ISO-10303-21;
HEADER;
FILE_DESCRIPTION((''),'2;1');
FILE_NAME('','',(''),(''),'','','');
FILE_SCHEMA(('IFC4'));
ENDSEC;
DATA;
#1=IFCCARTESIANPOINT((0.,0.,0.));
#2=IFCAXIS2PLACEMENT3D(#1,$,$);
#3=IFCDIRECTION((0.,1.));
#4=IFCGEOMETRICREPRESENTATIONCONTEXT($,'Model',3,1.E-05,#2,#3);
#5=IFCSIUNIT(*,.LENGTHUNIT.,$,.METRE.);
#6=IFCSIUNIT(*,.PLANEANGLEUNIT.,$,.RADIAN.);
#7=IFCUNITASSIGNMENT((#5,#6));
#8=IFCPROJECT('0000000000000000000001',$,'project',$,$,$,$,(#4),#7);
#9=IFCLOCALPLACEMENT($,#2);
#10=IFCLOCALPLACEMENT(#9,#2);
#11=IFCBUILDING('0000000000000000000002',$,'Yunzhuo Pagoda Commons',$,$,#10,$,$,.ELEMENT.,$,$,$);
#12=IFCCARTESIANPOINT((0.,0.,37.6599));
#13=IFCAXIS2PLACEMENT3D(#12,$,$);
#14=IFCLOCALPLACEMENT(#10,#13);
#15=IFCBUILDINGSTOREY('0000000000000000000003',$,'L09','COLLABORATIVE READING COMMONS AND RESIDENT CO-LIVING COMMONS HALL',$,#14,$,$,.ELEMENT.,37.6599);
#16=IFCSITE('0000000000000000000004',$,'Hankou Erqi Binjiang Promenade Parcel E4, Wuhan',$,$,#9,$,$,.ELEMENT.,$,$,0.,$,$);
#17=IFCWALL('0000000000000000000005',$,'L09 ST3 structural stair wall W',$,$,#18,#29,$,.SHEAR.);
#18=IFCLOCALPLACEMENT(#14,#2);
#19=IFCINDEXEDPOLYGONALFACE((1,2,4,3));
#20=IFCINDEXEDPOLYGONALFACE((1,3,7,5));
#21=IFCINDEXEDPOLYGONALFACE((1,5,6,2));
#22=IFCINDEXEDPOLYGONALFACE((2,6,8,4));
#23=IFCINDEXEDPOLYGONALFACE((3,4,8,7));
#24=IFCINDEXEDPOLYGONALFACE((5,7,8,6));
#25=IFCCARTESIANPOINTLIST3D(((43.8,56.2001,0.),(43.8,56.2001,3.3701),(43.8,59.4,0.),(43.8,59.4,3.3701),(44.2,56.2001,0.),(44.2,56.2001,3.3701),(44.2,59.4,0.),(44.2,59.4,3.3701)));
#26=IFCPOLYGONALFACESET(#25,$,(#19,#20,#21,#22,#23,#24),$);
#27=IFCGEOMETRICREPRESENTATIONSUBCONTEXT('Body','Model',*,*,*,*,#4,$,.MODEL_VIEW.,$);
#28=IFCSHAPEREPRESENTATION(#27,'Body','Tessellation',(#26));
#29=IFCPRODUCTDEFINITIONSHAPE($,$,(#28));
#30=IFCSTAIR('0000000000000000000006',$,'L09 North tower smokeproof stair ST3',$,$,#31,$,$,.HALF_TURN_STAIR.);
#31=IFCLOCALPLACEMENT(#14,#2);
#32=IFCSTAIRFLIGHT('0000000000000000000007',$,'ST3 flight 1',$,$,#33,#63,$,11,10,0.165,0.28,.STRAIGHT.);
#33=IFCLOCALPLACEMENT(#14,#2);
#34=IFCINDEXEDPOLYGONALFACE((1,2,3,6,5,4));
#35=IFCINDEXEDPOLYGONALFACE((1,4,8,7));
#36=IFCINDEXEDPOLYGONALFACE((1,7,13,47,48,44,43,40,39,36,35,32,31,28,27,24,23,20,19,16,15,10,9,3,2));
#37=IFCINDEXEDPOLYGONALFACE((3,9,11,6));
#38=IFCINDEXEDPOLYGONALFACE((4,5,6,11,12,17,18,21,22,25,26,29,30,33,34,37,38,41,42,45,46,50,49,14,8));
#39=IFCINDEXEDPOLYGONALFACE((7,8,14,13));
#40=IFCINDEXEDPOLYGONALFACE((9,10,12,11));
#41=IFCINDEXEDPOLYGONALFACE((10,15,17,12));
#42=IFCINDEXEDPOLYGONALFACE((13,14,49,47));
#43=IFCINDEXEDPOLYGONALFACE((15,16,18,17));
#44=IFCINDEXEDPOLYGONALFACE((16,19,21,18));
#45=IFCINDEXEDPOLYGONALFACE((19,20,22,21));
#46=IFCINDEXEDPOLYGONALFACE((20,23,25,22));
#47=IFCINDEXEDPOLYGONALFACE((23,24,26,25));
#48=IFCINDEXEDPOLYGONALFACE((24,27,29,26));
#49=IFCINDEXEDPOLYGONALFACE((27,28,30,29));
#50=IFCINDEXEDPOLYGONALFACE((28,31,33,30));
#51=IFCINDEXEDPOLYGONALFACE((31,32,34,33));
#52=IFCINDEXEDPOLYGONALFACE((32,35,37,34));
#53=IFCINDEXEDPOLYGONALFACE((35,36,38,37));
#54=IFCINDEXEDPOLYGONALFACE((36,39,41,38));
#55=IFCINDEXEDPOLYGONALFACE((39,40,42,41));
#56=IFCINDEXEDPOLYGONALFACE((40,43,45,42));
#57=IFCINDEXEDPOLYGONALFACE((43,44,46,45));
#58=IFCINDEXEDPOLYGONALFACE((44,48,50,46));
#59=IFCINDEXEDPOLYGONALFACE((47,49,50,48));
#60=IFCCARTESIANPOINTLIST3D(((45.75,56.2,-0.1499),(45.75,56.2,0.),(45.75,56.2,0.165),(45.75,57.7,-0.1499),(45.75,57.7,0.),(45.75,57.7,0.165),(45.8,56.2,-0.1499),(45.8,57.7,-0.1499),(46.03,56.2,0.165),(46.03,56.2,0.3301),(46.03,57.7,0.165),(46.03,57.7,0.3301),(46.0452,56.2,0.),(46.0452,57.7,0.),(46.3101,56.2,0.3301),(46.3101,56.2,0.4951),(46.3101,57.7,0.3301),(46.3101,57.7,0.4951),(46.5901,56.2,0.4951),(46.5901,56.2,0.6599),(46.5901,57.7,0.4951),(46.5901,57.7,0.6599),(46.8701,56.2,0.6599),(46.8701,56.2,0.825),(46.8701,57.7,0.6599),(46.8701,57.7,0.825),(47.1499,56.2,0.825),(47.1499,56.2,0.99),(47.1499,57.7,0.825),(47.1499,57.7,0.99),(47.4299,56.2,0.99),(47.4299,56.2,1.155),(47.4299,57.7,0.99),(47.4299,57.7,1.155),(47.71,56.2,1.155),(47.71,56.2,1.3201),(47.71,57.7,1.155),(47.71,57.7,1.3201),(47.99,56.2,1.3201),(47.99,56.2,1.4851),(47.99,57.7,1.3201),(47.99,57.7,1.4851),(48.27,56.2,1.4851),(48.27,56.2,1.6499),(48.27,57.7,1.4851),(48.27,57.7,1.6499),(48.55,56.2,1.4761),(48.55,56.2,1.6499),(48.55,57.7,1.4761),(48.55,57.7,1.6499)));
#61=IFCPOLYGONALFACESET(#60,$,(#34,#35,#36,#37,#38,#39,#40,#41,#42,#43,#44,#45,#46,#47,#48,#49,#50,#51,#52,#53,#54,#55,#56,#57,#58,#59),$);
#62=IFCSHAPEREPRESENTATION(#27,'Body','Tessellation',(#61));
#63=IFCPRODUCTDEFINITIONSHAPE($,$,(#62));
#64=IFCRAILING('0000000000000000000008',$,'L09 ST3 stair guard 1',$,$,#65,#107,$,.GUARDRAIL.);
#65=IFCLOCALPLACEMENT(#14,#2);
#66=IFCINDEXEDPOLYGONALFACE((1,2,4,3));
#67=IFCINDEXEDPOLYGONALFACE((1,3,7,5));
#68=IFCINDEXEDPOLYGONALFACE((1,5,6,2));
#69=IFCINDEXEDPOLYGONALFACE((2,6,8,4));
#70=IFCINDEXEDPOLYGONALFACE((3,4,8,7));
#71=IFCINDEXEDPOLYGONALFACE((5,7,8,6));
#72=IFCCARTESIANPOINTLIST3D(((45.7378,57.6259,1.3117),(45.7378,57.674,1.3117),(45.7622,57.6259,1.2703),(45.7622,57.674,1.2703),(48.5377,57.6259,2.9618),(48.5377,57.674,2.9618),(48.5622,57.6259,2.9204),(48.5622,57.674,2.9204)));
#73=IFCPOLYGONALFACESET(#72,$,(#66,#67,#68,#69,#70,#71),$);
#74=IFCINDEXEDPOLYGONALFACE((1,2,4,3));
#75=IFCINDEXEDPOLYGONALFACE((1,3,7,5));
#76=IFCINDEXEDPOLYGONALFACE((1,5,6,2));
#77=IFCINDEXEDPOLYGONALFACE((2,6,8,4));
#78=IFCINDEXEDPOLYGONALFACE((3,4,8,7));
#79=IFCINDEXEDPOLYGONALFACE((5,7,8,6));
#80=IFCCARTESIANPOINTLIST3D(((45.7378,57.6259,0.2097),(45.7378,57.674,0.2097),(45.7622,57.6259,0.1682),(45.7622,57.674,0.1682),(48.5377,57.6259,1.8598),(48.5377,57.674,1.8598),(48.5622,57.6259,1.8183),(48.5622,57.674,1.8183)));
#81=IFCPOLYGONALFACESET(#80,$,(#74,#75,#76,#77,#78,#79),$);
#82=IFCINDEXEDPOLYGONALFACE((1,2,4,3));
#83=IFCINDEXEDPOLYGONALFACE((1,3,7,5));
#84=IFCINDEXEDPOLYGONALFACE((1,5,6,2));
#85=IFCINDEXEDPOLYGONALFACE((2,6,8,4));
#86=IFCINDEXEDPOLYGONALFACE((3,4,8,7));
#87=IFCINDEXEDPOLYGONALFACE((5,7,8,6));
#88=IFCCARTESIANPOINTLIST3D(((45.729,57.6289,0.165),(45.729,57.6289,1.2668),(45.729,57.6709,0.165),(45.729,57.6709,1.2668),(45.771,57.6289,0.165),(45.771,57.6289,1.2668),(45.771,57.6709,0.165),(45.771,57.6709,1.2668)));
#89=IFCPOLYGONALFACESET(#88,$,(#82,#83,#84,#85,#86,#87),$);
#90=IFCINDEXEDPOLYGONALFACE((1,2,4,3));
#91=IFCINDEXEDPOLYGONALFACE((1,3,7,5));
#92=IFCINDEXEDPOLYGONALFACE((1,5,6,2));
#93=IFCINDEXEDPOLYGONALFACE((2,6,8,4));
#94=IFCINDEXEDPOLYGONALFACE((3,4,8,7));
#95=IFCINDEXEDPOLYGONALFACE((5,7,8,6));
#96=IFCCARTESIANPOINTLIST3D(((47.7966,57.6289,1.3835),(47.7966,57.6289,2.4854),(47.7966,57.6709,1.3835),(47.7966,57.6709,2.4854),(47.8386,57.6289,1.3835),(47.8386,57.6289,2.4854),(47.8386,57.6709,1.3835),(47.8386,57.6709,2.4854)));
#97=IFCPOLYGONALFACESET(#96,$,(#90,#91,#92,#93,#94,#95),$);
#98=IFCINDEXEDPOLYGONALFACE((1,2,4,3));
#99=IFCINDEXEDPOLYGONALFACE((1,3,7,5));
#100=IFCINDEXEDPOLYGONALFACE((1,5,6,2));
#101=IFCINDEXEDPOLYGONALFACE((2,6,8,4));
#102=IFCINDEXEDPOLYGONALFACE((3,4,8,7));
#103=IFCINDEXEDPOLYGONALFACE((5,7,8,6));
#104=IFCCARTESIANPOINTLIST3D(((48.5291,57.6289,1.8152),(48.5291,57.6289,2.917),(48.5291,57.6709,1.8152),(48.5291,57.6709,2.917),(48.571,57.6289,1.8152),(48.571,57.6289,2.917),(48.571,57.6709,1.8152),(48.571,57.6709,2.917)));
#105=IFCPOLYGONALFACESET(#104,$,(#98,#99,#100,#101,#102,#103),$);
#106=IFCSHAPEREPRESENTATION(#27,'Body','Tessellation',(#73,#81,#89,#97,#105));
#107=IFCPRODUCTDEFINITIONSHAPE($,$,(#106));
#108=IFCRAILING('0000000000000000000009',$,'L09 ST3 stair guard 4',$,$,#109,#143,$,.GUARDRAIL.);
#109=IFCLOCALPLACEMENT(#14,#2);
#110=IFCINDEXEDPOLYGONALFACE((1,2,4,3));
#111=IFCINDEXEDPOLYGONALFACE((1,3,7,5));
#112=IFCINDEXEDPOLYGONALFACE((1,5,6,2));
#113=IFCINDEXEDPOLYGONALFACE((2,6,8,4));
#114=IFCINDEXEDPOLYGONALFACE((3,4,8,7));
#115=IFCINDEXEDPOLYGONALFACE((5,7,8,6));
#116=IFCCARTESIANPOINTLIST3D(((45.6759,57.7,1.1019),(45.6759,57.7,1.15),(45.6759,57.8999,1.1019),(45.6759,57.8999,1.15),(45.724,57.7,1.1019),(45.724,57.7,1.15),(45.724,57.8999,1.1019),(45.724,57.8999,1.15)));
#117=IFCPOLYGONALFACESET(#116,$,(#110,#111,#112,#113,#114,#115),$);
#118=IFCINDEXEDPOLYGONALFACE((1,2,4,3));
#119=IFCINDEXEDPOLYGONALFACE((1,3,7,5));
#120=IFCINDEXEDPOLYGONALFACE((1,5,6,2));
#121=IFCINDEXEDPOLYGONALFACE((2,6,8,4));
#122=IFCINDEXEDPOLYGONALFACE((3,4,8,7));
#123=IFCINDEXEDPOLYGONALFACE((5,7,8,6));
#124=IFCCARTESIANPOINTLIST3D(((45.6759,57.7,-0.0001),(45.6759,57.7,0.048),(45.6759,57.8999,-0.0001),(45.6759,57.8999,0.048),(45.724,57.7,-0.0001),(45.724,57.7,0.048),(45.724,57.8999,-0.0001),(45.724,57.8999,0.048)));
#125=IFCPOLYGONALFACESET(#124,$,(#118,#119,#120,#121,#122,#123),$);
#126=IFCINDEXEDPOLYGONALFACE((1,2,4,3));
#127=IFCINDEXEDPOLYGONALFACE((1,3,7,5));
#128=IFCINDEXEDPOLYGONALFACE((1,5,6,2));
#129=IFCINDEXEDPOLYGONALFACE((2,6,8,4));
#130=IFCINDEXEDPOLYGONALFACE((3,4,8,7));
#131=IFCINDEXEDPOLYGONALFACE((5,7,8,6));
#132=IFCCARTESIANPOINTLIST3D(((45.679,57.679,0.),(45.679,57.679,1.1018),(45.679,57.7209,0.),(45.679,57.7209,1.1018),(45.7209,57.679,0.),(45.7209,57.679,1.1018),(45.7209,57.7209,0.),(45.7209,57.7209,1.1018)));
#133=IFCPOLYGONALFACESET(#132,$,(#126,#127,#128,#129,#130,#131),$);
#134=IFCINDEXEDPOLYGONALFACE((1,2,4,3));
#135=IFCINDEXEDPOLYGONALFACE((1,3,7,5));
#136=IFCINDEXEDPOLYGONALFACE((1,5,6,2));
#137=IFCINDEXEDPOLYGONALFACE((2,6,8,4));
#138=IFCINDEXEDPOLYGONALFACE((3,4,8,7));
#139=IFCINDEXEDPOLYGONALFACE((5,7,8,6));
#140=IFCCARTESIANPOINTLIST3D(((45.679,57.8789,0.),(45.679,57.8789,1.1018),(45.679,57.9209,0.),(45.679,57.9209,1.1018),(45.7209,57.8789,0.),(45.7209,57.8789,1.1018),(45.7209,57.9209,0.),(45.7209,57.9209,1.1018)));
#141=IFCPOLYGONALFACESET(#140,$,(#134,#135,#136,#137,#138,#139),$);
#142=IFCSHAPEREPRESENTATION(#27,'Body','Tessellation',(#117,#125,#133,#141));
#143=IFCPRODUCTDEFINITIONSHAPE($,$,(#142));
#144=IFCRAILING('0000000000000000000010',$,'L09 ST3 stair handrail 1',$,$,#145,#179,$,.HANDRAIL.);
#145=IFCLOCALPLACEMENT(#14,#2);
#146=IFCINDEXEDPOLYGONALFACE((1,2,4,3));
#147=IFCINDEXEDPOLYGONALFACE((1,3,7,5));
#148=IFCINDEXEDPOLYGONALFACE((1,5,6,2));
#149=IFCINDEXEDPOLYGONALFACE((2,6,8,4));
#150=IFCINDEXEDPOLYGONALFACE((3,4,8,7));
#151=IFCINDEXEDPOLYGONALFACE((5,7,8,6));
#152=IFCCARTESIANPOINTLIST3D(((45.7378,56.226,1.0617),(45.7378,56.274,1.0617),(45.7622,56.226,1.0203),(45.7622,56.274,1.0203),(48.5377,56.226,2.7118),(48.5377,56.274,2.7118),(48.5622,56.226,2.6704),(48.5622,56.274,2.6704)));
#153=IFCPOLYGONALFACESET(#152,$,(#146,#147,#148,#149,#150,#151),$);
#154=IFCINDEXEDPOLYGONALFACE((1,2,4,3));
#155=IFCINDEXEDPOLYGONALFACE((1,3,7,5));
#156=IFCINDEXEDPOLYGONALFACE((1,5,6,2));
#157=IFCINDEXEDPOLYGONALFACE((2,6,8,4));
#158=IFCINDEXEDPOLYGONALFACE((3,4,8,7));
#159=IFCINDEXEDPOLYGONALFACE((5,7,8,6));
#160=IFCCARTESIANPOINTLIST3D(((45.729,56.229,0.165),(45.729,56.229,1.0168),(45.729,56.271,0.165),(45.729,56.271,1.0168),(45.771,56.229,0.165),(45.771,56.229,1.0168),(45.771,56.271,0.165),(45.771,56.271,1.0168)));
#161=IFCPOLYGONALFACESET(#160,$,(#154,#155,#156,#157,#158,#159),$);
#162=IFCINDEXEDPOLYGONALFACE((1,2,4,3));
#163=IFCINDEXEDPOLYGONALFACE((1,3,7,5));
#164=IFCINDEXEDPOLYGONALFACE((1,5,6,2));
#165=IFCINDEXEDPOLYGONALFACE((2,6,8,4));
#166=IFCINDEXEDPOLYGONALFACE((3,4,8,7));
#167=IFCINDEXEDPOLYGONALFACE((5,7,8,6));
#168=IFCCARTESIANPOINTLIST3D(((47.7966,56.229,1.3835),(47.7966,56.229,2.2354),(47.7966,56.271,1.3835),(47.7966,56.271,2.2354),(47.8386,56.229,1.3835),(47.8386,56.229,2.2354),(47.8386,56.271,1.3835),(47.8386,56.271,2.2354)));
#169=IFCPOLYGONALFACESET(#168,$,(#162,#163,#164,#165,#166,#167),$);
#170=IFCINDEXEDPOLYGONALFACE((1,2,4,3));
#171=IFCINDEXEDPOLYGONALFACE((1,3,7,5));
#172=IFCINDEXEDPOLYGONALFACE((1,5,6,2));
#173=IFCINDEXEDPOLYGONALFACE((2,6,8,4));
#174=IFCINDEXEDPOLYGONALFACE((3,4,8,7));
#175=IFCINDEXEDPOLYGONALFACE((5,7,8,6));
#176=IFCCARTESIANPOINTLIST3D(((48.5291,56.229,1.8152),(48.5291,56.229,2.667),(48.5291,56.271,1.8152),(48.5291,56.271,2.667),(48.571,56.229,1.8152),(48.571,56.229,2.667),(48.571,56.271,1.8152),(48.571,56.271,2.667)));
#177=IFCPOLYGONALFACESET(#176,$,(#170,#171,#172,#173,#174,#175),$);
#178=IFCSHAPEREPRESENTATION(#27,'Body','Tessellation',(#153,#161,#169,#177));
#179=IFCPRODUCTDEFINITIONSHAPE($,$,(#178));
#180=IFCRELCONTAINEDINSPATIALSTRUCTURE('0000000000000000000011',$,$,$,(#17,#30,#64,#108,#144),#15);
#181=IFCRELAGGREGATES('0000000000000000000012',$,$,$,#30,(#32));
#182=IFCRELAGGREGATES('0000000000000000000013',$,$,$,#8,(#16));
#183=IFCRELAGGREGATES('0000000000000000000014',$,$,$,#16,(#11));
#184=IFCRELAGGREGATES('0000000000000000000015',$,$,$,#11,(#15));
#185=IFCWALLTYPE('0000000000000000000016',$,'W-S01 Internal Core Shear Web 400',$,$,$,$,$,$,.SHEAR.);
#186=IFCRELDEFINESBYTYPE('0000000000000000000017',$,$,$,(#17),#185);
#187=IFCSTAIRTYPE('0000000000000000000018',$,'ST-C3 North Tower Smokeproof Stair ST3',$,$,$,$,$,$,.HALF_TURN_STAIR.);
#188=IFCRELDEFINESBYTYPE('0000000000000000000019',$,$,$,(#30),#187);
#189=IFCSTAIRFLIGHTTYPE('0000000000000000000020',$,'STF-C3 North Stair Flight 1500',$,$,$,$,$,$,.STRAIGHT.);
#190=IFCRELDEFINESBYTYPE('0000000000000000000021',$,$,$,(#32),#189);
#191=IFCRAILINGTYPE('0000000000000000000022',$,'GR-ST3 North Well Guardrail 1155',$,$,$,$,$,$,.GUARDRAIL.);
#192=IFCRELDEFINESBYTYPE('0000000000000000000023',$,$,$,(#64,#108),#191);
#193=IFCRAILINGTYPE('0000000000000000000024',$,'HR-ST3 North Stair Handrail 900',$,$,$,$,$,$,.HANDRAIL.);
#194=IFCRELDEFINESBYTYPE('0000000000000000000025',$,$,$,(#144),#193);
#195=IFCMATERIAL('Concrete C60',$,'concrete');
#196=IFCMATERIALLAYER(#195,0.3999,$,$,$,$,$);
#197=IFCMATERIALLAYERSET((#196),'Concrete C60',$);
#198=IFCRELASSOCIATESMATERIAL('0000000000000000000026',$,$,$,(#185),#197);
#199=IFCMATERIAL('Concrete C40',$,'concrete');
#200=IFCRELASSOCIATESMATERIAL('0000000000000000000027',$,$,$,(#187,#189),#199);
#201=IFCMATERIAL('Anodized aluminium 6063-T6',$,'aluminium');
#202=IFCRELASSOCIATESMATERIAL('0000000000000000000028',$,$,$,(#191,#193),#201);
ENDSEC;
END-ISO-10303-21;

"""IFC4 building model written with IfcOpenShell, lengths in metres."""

from ifc_helpers import new_model, si_unit, direction, frame, frame_2d, origin, origin_2d, place, context, subcontext, project, spatial, polyline, rectangle, outline, extrude, source, transform, mapped, material, layer, layer_set, type_object, element, aggregate, save


model = new_model("IFC4")

# Units and contexts
model_context = context("Model", 3, precision=1e-05, world=origin(), true_north=direction((0.0, 1.0)))
body_context = subcontext(model_context, "Body", "Model", "MODEL_VIEW")
ifc_project = project(units=[si_unit("LENGTHUNIT", "METRE"), si_unit("PLANEANGLEUNIT", "RADIAN")], contexts=[model_context])

# Site, building, storey
site_placement = place(None, origin())
site = spatial("IfcSite", under=ifc_project, at=site_placement, Name="Hankou Erqi Binjiang Promenade Parcel E4, Wuhan", CompositionType="ELEMENT", RefElevation=0.0)
building_placement = place(site_placement, origin())
building = spatial("IfcBuilding", under=site, at=building_placement, Name="Yunzhuo Pagoda Commons", CompositionType="ELEMENT")
storey_placement = place(building_placement, frame((0.0, 0.0, 37.6599)))
storey = spatial("IfcBuildingStorey", under=building, at=storey_placement, Name="L09", Description="COLLABORATIVE READING COMMONS AND RESIDENT CO-LIVING COMMONS HALL", CompositionType="ELEMENT", Elevation=37.6599)

# Shared definitions
ifc_material_1 = material(Name="Anodized aluminium 6063-T6", Category="aluminium")

# Shared definitions
ifc_material_2 = material(Name="Concrete C60", Category="concrete")
ifc_layer_1 = layer(ifc_material_2, 0.3999)
ifc_layer_set_1 = layer_set([ifc_layer_1], Name="Concrete C60")
wall_type = type_object("IfcWallType", Name="W-S01 Internal Core Shear Web 400", PredefinedType="SHEAR", material=ifc_layer_set_1)

# Wall
wall_1_placement = place(storey_placement, frame((44.0, 56.2, 0.0), z_axis=(0.0, 0.0, 1.0), x_axis=(0.0, 1.0, 0.0)))
element("IfcWall", 1, at=wall_1_placement, inside=storey, type_object=wall_type, Name="L09 ST3 structural stair wall W", PredefinedType="SHEAR", context=body_context, shape_type="SweptSolid", body=[
    extrude(rectangle(XDim=3.2, YDim=0.3999, at=frame_2d((1.6001, 0.0))), origin(), (0.0, 0.0, 1.0), 3.3701),
])

# Stair, stair flight
ifc_material_3 = material(Name="Concrete C40", Category="concrete")
stair_type = type_object("IfcStairType", Name="ST-C3 North Tower Smokeproof Stair ST3", PredefinedType="HALF_TURN_STAIR", material=ifc_material_3)
stair_placement = place(storey_placement, origin())
stair = element("IfcStair", 2, at=stair_placement, inside=storey, type_object=stair_type, Name="L09 North tower smokeproof stair ST3", PredefinedType="HALF_TURN_STAIR")
stair_flight_type = type_object("IfcStairFlightType", Name="STF-C3 North Stair Flight 1500", PredefinedType="STRAIGHT", material=ifc_material_3)
shared_shape_1 = source(origin(), body_context, "Body", "SweptSolid", [
    extrude(outline(polyline([(0.0, -0.1499), (0.0, 0.0), (0.0, 0.165), (0.28, 0.165), (0.28, 0.3301), (0.5601, 0.3301), (0.5601, 0.4951), (0.8401, 0.4951), (0.8401, 0.6599), (1.1201, 0.6599), (1.1201, 0.825), (1.3999, 0.825), (1.3999, 0.99), (1.6799, 0.99), (1.6799, 1.155), (1.96, 1.155), (1.96, 1.3201), (2.24, 1.3201), (2.24, 1.4851), (2.52, 1.4851), (2.52, 1.6499), (2.8, 1.6499), (2.8, 1.8149), (2.8, 1.4761), (0.2952, 0.0), (0.05, -0.1499), (0.0, -0.1499)])), frame((0.0, 0.75, 0.0), z_axis=(0.0, -1.0, 0.0), x_axis=(1.0, 0.0, 0.0)), (0.0, 0.0, 1.0), 1.5),
])
stair_flight_placement = place(storey_placement, frame((45.75, 56.95, 0.0), z_axis=(0.0, 0.0, 1.0), x_axis=(1.0, 0.0, 0.0)))
stair_flight = element("IfcStairFlight", 3, at=stair_flight_placement, type_object=stair_flight_type, Name="ST3 flight 1", NumberOfRisers=11, NumberOfTreads=10, PredefinedType="STRAIGHT", RiserHeight=0.165, TreadLength=0.28, context=body_context, shape_type="MappedRepresentation", body=[
    mapped(shared_shape_1, transform((0.0, 0.0, 0.0), scale=1.0)),
])
aggregate(stair, [stair_flight])

# Railings
railing_type_1 = type_object("IfcRailingType", Name="GR-ST3 North Well Guardrail 1155", PredefinedType="GUARDRAIL", material=ifc_material_1)
railing_1_placement = place(storey_placement, frame((45.75, 57.6499, 0.165)))
element("IfcRailing", 4, at=railing_1_placement, inside=storey, type_object=railing_type_1, Name="L09 ST3 stair guard 1", PredefinedType="GUARDRAIL", context=body_context, shape_type="SweptSolid", body=[
    extrude(rectangle(XDim=0.0481, YDim=0.0481, at=origin_2d()), frame((0.0, 0.0, 1.126), z_axis=(0.861523, 0.0, 0.507719), x_axis=(0.0, 1.0, 0.0)), (0.0, 0.0, 1.0), 3.25),
    extrude(rectangle(XDim=0.0481, YDim=0.0481, at=origin_2d()), frame((0.0, 0.0, 0.0239), z_axis=(0.861523, 0.0, 0.507719), x_axis=(0.0, 1.0, 0.0)), (0.0, 0.0, 1.0), 3.25),
    extrude(rectangle(XDim=0.042, YDim=0.042, at=origin_2d()), origin(), (0.0, 0.0, 1.0), 1.1018),
    extrude(rectangle(XDim=0.042, YDim=0.042, at=origin_2d()), frame((2.0676, 0.0, 1.2185)), (0.0, 0.0, 1.0), 1.1018),
    extrude(rectangle(XDim=0.042, YDim=0.042, at=origin_2d()), frame((2.8, 0.0, 1.6501)), (0.0, 0.0, 1.0), 1.1018),
])
railing_2_placement = place(storey_placement, frame((45.7, 57.7, 0.0)))
element("IfcRailing", 5, at=railing_2_placement, inside=storey, type_object=railing_type_1, Name="L09 ST3 stair guard 4", PredefinedType="GUARDRAIL", context=body_context, shape_type="SweptSolid", body=[
    extrude(rectangle(XDim=0.0481, YDim=0.0481, at=origin_2d()), frame((0.0, 0.0, 1.126), z_axis=(0.0, 1.0, 0.0), x_axis=(-1.0, 0.0, 0.0)), (0.0, 0.0, 1.0), 0.2),
    extrude(rectangle(XDim=0.0481, YDim=0.0481, at=origin_2d()), frame((0.0, 0.0, 0.0239), z_axis=(0.0, 1.0, 0.0), x_axis=(-1.0, 0.0, 0.0)), (0.0, 0.0, 1.0), 0.2),
    extrude(rectangle(XDim=0.042, YDim=0.042, at=origin_2d()), origin(), (0.0, 0.0, 1.0), 1.1018),
    extrude(rectangle(XDim=0.042, YDim=0.042, at=origin_2d()), frame((0.0, 0.2, 0.0)), (0.0, 0.0, 1.0), 1.1018),
])
railing_type_2 = type_object("IfcRailingType", Name="HR-ST3 North Stair Handrail 900", PredefinedType="HANDRAIL", material=ifc_material_1)
railing_3_placement = place(storey_placement, frame((45.75, 56.25, 0.165)))
element("IfcRailing", 6, at=railing_3_placement, inside=storey, type_object=railing_type_2, Name="L09 ST3 stair handrail 1", PredefinedType="HANDRAIL", context=body_context, shape_type="SweptSolid", body=[
    extrude(rectangle(XDim=0.0481, YDim=0.0481, at=origin_2d()), frame((0.0, 0.0, 0.876), z_axis=(0.861523, 0.0, 0.507719), x_axis=(0.0, 1.0, 0.0)), (0.0, 0.0, 1.0), 3.25),
    extrude(rectangle(XDim=0.042, YDim=0.042, at=origin_2d()), origin(), (0.0, 0.0, 1.0), 0.8518),
    extrude(rectangle(XDim=0.042, YDim=0.042, at=origin_2d()), frame((2.0676, 0.0, 1.2185)), (0.0, 0.0, 1.0), 0.8518),
    extrude(rectangle(XDim=0.042, YDim=0.042, at=origin_2d()), frame((2.8, 0.0, 1.6501)), (0.0, 0.0, 1.0), 0.8518),
])

save(model, "model.ifc")
